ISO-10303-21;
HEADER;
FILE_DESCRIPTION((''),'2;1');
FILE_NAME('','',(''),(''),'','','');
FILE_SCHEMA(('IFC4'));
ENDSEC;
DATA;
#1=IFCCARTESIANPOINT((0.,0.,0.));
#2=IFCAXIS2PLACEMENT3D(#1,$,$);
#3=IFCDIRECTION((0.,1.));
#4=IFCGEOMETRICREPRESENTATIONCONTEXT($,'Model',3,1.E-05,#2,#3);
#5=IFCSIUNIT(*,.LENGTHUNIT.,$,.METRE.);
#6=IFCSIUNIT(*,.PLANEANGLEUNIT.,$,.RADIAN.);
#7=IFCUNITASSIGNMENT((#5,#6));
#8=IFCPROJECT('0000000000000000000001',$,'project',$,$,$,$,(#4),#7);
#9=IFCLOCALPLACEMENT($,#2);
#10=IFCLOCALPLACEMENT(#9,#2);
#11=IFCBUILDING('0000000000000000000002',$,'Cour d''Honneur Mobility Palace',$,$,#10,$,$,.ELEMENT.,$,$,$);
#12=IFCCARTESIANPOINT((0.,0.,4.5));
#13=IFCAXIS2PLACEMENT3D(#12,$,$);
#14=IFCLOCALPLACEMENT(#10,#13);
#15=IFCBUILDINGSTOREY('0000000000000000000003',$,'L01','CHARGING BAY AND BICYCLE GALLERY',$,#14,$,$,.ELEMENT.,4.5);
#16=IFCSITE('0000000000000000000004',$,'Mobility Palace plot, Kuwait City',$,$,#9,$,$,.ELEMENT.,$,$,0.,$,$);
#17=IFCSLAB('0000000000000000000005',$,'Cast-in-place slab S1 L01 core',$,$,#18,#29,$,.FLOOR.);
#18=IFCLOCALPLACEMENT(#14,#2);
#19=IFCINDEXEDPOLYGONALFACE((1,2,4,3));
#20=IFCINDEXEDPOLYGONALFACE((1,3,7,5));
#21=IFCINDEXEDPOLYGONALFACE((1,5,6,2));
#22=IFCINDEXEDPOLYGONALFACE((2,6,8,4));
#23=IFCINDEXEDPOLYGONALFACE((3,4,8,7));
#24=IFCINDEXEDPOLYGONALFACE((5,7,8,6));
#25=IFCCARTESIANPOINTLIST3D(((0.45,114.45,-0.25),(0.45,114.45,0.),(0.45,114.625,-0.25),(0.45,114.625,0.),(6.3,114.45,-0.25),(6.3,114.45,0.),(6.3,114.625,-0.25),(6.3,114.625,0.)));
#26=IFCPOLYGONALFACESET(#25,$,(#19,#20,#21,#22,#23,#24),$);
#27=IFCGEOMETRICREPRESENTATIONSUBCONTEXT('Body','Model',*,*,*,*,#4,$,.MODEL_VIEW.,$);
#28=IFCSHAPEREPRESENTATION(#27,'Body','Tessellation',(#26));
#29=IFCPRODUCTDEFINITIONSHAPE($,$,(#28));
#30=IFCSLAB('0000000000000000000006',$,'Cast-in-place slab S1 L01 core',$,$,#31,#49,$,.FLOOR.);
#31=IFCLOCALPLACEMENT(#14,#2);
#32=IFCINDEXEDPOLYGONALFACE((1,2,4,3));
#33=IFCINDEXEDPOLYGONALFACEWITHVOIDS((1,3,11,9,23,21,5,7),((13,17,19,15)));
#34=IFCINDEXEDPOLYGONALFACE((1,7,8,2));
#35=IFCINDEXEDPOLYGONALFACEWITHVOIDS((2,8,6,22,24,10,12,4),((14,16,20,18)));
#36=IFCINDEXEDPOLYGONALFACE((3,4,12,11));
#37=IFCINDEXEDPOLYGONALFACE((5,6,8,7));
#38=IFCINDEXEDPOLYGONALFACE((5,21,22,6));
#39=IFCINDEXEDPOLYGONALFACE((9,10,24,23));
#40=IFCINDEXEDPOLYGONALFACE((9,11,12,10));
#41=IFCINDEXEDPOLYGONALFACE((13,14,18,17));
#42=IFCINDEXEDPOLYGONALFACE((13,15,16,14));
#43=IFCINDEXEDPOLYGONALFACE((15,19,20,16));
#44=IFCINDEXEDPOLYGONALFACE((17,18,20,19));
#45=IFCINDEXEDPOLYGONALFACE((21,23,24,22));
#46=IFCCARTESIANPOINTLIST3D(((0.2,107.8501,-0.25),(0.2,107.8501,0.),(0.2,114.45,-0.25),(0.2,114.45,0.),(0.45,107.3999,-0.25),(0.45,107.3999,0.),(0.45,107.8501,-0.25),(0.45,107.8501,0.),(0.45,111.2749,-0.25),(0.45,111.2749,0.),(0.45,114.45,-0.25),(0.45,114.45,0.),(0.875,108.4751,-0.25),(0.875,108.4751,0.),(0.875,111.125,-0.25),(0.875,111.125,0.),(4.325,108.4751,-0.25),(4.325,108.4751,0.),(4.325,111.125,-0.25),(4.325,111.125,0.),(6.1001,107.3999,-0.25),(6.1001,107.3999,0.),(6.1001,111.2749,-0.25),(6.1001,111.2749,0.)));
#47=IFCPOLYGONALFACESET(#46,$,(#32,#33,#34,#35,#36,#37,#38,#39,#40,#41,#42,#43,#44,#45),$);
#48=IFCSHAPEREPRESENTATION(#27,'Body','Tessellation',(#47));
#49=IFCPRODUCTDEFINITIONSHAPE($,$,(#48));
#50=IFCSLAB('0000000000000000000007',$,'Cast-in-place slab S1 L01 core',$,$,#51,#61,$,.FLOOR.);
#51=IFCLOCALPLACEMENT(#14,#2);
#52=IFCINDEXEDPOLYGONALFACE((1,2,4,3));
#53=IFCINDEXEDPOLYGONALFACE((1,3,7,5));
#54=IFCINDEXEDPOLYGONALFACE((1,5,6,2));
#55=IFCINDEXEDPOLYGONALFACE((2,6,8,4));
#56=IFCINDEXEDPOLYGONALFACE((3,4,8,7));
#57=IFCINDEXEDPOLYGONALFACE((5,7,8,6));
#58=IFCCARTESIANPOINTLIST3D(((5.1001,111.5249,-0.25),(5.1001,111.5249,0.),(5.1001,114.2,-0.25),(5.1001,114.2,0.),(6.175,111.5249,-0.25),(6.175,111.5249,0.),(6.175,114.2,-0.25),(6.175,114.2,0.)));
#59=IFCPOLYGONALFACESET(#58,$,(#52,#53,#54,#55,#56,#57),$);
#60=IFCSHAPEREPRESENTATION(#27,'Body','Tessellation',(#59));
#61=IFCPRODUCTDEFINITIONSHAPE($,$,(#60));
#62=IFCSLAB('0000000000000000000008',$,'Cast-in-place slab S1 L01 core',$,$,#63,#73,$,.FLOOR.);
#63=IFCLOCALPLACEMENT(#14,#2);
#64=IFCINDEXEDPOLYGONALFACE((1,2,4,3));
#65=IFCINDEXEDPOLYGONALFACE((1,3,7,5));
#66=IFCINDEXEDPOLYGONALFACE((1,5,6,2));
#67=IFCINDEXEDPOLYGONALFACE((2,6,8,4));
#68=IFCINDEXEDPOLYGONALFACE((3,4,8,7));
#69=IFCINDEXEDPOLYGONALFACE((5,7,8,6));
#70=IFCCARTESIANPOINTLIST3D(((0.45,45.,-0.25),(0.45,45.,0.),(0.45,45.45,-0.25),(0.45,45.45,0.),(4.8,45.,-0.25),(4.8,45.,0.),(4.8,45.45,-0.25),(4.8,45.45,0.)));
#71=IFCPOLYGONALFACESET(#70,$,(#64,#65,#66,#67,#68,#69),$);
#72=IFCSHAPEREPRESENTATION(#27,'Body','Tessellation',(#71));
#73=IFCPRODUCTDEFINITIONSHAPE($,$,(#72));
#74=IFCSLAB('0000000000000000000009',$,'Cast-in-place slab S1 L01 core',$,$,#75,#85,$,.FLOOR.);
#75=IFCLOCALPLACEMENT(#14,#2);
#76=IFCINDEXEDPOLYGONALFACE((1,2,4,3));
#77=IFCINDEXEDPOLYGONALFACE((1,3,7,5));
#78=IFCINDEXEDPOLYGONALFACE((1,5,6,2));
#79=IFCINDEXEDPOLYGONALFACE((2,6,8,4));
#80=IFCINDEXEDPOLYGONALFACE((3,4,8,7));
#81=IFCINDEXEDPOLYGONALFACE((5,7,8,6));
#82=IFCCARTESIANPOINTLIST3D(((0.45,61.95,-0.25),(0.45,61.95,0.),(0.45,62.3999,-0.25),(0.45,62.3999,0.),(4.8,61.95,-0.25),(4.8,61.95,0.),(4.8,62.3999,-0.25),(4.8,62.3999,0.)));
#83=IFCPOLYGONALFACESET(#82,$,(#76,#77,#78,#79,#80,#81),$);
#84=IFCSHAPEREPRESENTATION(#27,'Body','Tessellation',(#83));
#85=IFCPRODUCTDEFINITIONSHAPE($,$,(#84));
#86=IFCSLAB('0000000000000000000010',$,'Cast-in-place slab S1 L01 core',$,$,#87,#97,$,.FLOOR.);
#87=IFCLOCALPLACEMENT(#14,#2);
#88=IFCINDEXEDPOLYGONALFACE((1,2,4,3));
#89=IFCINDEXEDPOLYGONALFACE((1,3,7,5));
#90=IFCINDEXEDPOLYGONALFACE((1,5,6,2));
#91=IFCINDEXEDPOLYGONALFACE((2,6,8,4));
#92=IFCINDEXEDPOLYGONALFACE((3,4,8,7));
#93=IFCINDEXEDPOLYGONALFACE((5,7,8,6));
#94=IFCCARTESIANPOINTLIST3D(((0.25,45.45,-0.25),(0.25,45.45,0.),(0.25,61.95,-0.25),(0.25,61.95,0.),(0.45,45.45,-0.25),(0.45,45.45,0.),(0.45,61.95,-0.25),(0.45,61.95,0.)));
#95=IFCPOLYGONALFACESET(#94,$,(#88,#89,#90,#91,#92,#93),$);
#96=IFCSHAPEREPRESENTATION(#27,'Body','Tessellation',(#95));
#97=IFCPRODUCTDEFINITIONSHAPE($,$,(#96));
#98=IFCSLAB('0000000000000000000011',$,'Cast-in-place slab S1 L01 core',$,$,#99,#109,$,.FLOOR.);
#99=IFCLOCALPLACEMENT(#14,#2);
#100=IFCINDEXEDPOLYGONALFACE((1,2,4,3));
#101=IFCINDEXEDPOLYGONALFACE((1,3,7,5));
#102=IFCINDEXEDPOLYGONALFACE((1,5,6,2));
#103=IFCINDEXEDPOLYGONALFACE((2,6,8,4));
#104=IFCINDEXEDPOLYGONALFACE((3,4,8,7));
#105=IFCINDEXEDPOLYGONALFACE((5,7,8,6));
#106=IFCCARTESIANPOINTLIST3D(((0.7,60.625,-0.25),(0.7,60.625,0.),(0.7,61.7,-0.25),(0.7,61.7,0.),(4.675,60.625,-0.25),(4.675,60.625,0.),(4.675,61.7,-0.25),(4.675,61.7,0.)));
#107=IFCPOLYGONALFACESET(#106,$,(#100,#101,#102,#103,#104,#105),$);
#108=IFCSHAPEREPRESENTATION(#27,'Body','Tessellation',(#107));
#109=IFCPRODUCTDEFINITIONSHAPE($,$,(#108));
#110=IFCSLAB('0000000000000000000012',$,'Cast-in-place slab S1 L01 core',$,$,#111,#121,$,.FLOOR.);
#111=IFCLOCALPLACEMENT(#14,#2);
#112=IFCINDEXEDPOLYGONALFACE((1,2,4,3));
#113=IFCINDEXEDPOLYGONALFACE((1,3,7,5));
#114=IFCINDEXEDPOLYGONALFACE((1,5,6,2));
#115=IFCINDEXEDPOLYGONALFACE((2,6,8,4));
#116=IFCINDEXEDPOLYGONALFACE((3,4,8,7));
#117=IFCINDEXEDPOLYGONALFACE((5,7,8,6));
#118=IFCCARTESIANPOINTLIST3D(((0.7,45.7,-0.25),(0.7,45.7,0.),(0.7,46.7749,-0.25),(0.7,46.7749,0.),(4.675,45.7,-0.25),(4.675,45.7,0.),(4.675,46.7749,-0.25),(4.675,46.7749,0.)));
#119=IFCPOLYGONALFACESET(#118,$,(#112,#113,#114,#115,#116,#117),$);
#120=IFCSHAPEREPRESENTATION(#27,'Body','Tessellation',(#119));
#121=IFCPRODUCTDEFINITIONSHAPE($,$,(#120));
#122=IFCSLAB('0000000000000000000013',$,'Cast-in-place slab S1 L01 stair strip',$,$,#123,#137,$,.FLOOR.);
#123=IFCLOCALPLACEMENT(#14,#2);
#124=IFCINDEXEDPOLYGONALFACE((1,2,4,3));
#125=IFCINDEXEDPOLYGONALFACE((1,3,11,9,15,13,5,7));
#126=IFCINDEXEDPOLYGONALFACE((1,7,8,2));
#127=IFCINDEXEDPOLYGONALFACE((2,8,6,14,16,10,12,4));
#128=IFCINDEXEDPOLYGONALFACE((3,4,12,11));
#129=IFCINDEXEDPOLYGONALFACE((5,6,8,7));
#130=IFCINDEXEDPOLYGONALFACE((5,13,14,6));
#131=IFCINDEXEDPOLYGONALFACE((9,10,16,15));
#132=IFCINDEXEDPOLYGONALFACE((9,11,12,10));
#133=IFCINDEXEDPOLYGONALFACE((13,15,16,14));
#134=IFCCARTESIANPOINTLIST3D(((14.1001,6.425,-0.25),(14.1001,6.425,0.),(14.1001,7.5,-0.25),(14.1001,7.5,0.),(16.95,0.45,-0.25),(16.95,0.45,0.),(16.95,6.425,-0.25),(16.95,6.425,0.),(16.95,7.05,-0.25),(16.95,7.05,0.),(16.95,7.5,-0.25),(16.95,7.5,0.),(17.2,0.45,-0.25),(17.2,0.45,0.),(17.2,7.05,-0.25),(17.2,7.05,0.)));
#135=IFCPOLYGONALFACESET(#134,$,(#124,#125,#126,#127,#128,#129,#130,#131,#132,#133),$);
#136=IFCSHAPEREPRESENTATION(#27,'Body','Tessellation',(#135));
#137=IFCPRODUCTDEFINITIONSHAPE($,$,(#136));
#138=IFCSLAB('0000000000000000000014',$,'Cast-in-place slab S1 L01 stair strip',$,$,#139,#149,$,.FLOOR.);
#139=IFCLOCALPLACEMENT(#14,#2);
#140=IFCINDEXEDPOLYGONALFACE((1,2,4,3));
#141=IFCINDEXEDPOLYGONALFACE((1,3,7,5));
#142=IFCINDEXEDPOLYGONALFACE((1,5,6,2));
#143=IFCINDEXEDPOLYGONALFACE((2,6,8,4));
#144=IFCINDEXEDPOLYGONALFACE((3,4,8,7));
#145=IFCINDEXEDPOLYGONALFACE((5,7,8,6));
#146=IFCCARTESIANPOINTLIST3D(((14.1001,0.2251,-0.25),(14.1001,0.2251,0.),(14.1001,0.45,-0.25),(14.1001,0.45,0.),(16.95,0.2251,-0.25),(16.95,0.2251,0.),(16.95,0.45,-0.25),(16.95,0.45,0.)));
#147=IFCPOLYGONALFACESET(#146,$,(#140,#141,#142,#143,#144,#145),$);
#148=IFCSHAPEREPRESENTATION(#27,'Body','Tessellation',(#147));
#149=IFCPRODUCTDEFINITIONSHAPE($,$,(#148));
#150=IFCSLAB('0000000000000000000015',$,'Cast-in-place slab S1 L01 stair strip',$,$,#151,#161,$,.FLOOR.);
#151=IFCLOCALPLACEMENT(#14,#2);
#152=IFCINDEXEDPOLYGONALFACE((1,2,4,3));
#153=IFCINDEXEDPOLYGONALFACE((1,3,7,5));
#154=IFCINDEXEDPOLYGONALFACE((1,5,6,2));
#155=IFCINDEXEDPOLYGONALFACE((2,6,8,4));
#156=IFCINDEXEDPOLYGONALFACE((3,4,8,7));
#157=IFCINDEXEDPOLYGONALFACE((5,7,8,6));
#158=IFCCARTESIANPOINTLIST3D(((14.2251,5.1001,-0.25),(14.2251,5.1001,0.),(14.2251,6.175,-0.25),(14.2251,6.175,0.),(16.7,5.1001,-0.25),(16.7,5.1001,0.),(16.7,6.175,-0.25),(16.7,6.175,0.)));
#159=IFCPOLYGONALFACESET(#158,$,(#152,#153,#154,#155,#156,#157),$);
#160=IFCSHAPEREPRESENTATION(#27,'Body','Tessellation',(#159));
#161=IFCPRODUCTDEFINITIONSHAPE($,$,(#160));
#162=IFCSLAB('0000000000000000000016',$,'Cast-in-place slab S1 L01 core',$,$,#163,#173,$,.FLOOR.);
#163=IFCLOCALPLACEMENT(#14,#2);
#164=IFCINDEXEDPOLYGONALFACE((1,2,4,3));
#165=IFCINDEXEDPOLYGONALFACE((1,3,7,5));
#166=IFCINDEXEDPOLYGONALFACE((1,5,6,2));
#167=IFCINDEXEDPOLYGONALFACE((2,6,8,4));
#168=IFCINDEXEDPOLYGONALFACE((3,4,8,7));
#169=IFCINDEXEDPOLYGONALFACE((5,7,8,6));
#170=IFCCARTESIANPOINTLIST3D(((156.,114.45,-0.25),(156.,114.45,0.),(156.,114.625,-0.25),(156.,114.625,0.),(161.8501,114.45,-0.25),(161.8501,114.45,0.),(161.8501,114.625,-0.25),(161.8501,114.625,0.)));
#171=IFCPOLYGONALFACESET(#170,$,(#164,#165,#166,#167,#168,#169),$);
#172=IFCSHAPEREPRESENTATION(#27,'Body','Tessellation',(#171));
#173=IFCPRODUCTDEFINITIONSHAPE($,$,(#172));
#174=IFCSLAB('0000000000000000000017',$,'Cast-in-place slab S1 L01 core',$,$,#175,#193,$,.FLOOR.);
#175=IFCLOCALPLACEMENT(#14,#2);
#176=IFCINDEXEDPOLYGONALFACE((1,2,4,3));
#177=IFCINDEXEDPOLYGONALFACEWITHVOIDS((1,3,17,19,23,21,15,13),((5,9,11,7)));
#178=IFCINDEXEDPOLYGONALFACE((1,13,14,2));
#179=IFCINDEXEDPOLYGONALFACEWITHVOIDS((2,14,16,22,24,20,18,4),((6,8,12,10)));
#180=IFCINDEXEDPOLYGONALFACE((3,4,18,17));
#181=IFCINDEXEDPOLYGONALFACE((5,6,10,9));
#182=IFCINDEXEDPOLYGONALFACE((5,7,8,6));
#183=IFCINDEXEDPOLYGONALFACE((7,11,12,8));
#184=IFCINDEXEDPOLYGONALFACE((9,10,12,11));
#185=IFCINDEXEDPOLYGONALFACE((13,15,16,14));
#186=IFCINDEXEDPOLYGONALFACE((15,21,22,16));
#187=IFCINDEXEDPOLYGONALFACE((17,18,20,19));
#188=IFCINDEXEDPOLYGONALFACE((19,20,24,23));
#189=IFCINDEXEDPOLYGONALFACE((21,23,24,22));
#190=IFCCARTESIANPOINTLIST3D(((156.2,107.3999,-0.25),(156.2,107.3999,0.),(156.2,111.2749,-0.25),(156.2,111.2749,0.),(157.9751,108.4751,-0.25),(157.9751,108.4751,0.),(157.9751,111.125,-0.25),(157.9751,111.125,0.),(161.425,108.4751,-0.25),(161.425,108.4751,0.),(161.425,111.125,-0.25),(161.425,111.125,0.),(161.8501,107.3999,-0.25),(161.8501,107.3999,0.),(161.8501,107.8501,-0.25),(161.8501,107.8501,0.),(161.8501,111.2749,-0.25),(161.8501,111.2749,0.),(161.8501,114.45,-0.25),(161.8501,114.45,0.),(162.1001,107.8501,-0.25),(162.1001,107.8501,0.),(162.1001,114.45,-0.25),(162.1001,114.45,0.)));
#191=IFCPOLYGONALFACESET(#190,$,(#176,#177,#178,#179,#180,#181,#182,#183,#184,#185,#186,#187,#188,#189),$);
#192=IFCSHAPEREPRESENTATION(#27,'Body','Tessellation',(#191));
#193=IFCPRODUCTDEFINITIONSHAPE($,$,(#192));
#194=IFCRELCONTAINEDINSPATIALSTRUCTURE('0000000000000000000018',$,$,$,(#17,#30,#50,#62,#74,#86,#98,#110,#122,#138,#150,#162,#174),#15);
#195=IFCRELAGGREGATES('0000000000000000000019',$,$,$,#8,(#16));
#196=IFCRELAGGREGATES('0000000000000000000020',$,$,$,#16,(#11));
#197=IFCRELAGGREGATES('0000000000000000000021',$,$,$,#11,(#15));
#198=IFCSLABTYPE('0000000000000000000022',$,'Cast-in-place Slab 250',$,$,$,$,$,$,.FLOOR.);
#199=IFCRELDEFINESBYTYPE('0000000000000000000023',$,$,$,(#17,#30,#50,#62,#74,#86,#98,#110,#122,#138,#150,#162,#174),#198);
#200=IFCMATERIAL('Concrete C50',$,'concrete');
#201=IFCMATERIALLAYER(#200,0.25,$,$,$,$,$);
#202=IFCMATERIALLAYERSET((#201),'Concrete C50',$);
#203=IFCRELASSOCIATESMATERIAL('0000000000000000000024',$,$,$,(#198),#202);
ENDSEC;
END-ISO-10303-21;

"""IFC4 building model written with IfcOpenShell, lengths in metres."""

from ifc_helpers import new_model, si_unit, direction, frame, origin, place, context, subcontext, project, spatial, polyline, outline, extrude, material, layer, layer_set, type_object, element, save


model = new_model("IFC4")

# Units and contexts
model_context = context("Model", 3, precision=1e-05, world=origin(), true_north=direction((0.0, 1.0)))
body_context = subcontext(model_context, "Body", "Model", "MODEL_VIEW")
ifc_project = project(units=[si_unit("LENGTHUNIT", "METRE"), si_unit("PLANEANGLEUNIT", "RADIAN")], contexts=[model_context])

# Site, building, storey
site_placement = place(None, origin())
site = spatial("IfcSite", under=ifc_project, at=site_placement, Name="Mobility Palace plot, Kuwait City", CompositionType="ELEMENT", RefElevation=0.0)
building_placement = place(site_placement, origin())
building = spatial("IfcBuilding", under=site, at=building_placement, Name="Cour d'Honneur Mobility Palace", CompositionType="ELEMENT")
storey_placement = place(building_placement, frame((0.0, 0.0, 4.5)))
storey = spatial("IfcBuildingStorey", under=building, at=storey_placement, Name="L01", Description="CHARGING BAY AND BICYCLE GALLERY", CompositionType="ELEMENT", Elevation=4.5)

# Slabs
ifc_material_1 = material(Name="Concrete C50", Category="concrete")
ifc_layer_1 = layer(ifc_material_1, 0.25)
ifc_layer_set_1 = layer_set([ifc_layer_1], Name="Concrete C50")
slab_type_1 = type_object("IfcSlabType", Name="Cast-in-place Slab 250", PredefinedType="FLOOR", material=ifc_layer_set_1)
slab_1_placement = place(storey_placement, frame((0.0, 0.0, -0.25)))
element("IfcSlab", 1, at=slab_1_placement, inside=storey, type_object=slab_type_1, Name="Cast-in-place slab S1 L01 core", PredefinedType="FLOOR", context=body_context, shape_type="SweptSolid", body=[
    extrude(outline(polyline([(0.45, 114.625), (6.3, 114.625), (6.3, 114.45), (0.45, 114.45), (0.45, 114.625)])), origin(), (0.0, 0.0, 1.0), 0.25),
])
slab_2_placement = place(storey_placement, frame((0.0, 0.0, -0.25)))
element("IfcSlab", 2, at=slab_2_placement, inside=storey, type_object=slab_type_1, Name="Cast-in-place slab S1 L01 core", PredefinedType="FLOOR", context=body_context, shape_type="SweptSolid", body=[
    extrude(outline(polyline([(0.2, 107.8501), (0.2, 114.45), (0.45, 114.45), (0.45, 111.2749), (6.1001, 111.2749), (6.1001, 107.3999), (0.45, 107.3999), (0.45, 107.8501), (0.2, 107.8501)]), holes=[polyline([(0.875, 111.125), (0.875, 108.4751), (4.325, 108.4751), (4.325, 111.125), (0.875, 111.125)])]), origin(), (0.0, 0.0, 1.0), 0.25),
])
slab_3_placement = place(storey_placement, frame((0.0, 0.0, -0.25)))
element("IfcSlab", 3, at=slab_3_placement, inside=storey, type_object=slab_type_1, Name="Cast-in-place slab S1 L01 core", PredefinedType="FLOOR", context=body_context, shape_type="SweptSolid", body=[
    extrude(outline(polyline([(6.175, 111.5249), (5.1001, 111.5249), (5.1001, 114.2), (6.175, 114.2), (6.175, 111.5249)])), origin(), (0.0, 0.0, 1.0), 0.25),
])
slab_4_placement = place(storey_placement, frame((0.0, 0.0, -0.25)))
element("IfcSlab", 4, at=slab_4_placement, inside=storey, type_object=slab_type_1, Name="Cast-in-place slab S1 L01 core", PredefinedType="FLOOR", context=body_context, shape_type="SweptSolid", body=[
    extrude(outline(polyline([(0.45, 45.45), (4.8, 45.45), (4.8, 45.0), (0.45, 45.0), (0.45, 45.45)])), origin(), (0.0, 0.0, 1.0), 0.25),
])
slab_5_placement = place(storey_placement, frame((0.0, 0.0, -0.25)))
element("IfcSlab", 5, at=slab_5_placement, inside=storey, type_object=slab_type_1, Name="Cast-in-place slab S1 L01 core", PredefinedType="FLOOR", context=body_context, shape_type="SweptSolid", body=[
    extrude(outline(polyline([(0.45, 61.95), (0.45, 62.3999), (4.8, 62.3999), (4.8, 61.95), (0.45, 61.95)])), origin(), (0.0, 0.0, 1.0), 0.25),
])
slab_6_placement = place(storey_placement, frame((0.0, 0.0, -0.25)))
element("IfcSlab", 6, at=slab_6_placement, inside=storey, type_object=slab_type_1, Name="Cast-in-place slab S1 L01 core", PredefinedType="FLOOR", context=body_context, shape_type="SweptSolid", body=[
    extrude(outline(polyline([(0.45, 61.95), (0.45, 45.45), (0.25, 45.45), (0.25, 61.95), (0.45, 61.95)])), origin(), (0.0, 0.0, 1.0), 0.25),
])
slab_7_placement = place(storey_placement, frame((0.0, 0.0, -0.25)))
element("IfcSlab", 7, at=slab_7_placement, inside=storey, type_object=slab_type_1, Name="Cast-in-place slab S1 L01 core", PredefinedType="FLOOR", context=body_context, shape_type="SweptSolid", body=[
    extrude(outline(polyline([(4.675, 60.625), (0.7, 60.625), (0.7, 61.7), (4.675, 61.7), (4.675, 60.625)])), origin(), (0.0, 0.0, 1.0), 0.25),
])
slab_8_placement = place(storey_placement, frame((0.0, 0.0, -0.25)))
element("IfcSlab", 8, at=slab_8_placement, inside=storey, type_object=slab_type_1, Name="Cast-in-place slab S1 L01 core", PredefinedType="FLOOR", context=body_context, shape_type="SweptSolid", body=[
    extrude(outline(polyline([(0.7, 45.7), (0.7, 46.7749), (4.675, 46.7749), (4.675, 45.7), (0.7, 45.7)])), origin(), (0.0, 0.0, 1.0), 0.25),
])
slab_9_placement = place(storey_placement, frame((0.0, 0.0, -0.25)))
element("IfcSlab", 9, at=slab_9_placement, inside=storey, type_object=slab_type_1, Name="Cast-in-place slab S1 L01 stair strip", PredefinedType="FLOOR", context=body_context, shape_type="SweptSolid", body=[
    extrude(outline(polyline([(16.95, 7.05), (17.2, 7.05), (17.2, 0.45), (16.95, 0.45), (16.95, 6.425), (14.1001, 6.425), (14.1001, 7.5), (16.95, 7.5), (16.95, 7.05)])), origin(), (0.0, 0.0, 1.0), 0.25),
])
slab_10_placement = place(storey_placement, frame((0.0, 0.0, -0.25)))
element("IfcSlab", 10, at=slab_10_placement, inside=storey, type_object=slab_type_1, Name="Cast-in-place slab S1 L01 stair strip", PredefinedType="FLOOR", context=body_context, shape_type="SweptSolid", body=[
    extrude(outline(polyline([(16.95, 0.2251), (14.1001, 0.2251), (14.1001, 0.45), (16.95, 0.45), (16.95, 0.2251)])), origin(), (0.0, 0.0, 1.0), 0.25),
])
slab_11_placement = place(storey_placement, frame((0.0, 0.0, -0.25)))
element("IfcSlab", 11, at=slab_11_placement, inside=storey, type_object=slab_type_1, Name="Cast-in-place slab S1 L01 stair strip", PredefinedType="FLOOR", context=body_context, shape_type="SweptSolid", body=[
    extrude(outline(polyline([(14.2251, 5.1001), (14.2251, 6.175), (16.7, 6.175), (16.7, 5.1001), (14.2251, 5.1001)])), origin(), (0.0, 0.0, 1.0), 0.25),
])
slab_12_placement = place(storey_placement, frame((0.0, 0.0, -0.25)))
element("IfcSlab", 12, at=slab_12_placement, inside=storey, type_object=slab_type_1, Name="Cast-in-place slab S1 L01 core", PredefinedType="FLOOR", context=body_context, shape_type="SweptSolid", body=[
    extrude(outline(polyline([(161.8501, 114.45), (156.0, 114.45), (156.0, 114.625), (161.8501, 114.625), (161.8501, 114.45)])), origin(), (0.0, 0.0, 1.0), 0.25),
])
slab_13_placement = place(storey_placement, frame((0.0, 0.0, -0.25)))
element("IfcSlab", 13, at=slab_13_placement, inside=storey, type_object=slab_type_1, Name="Cast-in-place slab S1 L01 core", PredefinedType="FLOOR", context=body_context, shape_type="SweptSolid", body=[
    extrude(outline(polyline([(162.1001, 114.45), (162.1001, 107.8501), (161.8501, 107.8501), (161.8501, 107.3999), (156.2, 107.3999), (156.2, 111.2749), (161.8501, 111.2749), (161.8501, 114.45), (162.1001, 114.45)]), holes=[polyline([(161.425, 111.125), (157.9751, 111.125), (157.9751, 108.4751), (161.425, 108.4751), (161.425, 111.125)])]), origin(), (0.0, 0.0, 1.0), 0.25),
])

save(model, "model.ifc")
